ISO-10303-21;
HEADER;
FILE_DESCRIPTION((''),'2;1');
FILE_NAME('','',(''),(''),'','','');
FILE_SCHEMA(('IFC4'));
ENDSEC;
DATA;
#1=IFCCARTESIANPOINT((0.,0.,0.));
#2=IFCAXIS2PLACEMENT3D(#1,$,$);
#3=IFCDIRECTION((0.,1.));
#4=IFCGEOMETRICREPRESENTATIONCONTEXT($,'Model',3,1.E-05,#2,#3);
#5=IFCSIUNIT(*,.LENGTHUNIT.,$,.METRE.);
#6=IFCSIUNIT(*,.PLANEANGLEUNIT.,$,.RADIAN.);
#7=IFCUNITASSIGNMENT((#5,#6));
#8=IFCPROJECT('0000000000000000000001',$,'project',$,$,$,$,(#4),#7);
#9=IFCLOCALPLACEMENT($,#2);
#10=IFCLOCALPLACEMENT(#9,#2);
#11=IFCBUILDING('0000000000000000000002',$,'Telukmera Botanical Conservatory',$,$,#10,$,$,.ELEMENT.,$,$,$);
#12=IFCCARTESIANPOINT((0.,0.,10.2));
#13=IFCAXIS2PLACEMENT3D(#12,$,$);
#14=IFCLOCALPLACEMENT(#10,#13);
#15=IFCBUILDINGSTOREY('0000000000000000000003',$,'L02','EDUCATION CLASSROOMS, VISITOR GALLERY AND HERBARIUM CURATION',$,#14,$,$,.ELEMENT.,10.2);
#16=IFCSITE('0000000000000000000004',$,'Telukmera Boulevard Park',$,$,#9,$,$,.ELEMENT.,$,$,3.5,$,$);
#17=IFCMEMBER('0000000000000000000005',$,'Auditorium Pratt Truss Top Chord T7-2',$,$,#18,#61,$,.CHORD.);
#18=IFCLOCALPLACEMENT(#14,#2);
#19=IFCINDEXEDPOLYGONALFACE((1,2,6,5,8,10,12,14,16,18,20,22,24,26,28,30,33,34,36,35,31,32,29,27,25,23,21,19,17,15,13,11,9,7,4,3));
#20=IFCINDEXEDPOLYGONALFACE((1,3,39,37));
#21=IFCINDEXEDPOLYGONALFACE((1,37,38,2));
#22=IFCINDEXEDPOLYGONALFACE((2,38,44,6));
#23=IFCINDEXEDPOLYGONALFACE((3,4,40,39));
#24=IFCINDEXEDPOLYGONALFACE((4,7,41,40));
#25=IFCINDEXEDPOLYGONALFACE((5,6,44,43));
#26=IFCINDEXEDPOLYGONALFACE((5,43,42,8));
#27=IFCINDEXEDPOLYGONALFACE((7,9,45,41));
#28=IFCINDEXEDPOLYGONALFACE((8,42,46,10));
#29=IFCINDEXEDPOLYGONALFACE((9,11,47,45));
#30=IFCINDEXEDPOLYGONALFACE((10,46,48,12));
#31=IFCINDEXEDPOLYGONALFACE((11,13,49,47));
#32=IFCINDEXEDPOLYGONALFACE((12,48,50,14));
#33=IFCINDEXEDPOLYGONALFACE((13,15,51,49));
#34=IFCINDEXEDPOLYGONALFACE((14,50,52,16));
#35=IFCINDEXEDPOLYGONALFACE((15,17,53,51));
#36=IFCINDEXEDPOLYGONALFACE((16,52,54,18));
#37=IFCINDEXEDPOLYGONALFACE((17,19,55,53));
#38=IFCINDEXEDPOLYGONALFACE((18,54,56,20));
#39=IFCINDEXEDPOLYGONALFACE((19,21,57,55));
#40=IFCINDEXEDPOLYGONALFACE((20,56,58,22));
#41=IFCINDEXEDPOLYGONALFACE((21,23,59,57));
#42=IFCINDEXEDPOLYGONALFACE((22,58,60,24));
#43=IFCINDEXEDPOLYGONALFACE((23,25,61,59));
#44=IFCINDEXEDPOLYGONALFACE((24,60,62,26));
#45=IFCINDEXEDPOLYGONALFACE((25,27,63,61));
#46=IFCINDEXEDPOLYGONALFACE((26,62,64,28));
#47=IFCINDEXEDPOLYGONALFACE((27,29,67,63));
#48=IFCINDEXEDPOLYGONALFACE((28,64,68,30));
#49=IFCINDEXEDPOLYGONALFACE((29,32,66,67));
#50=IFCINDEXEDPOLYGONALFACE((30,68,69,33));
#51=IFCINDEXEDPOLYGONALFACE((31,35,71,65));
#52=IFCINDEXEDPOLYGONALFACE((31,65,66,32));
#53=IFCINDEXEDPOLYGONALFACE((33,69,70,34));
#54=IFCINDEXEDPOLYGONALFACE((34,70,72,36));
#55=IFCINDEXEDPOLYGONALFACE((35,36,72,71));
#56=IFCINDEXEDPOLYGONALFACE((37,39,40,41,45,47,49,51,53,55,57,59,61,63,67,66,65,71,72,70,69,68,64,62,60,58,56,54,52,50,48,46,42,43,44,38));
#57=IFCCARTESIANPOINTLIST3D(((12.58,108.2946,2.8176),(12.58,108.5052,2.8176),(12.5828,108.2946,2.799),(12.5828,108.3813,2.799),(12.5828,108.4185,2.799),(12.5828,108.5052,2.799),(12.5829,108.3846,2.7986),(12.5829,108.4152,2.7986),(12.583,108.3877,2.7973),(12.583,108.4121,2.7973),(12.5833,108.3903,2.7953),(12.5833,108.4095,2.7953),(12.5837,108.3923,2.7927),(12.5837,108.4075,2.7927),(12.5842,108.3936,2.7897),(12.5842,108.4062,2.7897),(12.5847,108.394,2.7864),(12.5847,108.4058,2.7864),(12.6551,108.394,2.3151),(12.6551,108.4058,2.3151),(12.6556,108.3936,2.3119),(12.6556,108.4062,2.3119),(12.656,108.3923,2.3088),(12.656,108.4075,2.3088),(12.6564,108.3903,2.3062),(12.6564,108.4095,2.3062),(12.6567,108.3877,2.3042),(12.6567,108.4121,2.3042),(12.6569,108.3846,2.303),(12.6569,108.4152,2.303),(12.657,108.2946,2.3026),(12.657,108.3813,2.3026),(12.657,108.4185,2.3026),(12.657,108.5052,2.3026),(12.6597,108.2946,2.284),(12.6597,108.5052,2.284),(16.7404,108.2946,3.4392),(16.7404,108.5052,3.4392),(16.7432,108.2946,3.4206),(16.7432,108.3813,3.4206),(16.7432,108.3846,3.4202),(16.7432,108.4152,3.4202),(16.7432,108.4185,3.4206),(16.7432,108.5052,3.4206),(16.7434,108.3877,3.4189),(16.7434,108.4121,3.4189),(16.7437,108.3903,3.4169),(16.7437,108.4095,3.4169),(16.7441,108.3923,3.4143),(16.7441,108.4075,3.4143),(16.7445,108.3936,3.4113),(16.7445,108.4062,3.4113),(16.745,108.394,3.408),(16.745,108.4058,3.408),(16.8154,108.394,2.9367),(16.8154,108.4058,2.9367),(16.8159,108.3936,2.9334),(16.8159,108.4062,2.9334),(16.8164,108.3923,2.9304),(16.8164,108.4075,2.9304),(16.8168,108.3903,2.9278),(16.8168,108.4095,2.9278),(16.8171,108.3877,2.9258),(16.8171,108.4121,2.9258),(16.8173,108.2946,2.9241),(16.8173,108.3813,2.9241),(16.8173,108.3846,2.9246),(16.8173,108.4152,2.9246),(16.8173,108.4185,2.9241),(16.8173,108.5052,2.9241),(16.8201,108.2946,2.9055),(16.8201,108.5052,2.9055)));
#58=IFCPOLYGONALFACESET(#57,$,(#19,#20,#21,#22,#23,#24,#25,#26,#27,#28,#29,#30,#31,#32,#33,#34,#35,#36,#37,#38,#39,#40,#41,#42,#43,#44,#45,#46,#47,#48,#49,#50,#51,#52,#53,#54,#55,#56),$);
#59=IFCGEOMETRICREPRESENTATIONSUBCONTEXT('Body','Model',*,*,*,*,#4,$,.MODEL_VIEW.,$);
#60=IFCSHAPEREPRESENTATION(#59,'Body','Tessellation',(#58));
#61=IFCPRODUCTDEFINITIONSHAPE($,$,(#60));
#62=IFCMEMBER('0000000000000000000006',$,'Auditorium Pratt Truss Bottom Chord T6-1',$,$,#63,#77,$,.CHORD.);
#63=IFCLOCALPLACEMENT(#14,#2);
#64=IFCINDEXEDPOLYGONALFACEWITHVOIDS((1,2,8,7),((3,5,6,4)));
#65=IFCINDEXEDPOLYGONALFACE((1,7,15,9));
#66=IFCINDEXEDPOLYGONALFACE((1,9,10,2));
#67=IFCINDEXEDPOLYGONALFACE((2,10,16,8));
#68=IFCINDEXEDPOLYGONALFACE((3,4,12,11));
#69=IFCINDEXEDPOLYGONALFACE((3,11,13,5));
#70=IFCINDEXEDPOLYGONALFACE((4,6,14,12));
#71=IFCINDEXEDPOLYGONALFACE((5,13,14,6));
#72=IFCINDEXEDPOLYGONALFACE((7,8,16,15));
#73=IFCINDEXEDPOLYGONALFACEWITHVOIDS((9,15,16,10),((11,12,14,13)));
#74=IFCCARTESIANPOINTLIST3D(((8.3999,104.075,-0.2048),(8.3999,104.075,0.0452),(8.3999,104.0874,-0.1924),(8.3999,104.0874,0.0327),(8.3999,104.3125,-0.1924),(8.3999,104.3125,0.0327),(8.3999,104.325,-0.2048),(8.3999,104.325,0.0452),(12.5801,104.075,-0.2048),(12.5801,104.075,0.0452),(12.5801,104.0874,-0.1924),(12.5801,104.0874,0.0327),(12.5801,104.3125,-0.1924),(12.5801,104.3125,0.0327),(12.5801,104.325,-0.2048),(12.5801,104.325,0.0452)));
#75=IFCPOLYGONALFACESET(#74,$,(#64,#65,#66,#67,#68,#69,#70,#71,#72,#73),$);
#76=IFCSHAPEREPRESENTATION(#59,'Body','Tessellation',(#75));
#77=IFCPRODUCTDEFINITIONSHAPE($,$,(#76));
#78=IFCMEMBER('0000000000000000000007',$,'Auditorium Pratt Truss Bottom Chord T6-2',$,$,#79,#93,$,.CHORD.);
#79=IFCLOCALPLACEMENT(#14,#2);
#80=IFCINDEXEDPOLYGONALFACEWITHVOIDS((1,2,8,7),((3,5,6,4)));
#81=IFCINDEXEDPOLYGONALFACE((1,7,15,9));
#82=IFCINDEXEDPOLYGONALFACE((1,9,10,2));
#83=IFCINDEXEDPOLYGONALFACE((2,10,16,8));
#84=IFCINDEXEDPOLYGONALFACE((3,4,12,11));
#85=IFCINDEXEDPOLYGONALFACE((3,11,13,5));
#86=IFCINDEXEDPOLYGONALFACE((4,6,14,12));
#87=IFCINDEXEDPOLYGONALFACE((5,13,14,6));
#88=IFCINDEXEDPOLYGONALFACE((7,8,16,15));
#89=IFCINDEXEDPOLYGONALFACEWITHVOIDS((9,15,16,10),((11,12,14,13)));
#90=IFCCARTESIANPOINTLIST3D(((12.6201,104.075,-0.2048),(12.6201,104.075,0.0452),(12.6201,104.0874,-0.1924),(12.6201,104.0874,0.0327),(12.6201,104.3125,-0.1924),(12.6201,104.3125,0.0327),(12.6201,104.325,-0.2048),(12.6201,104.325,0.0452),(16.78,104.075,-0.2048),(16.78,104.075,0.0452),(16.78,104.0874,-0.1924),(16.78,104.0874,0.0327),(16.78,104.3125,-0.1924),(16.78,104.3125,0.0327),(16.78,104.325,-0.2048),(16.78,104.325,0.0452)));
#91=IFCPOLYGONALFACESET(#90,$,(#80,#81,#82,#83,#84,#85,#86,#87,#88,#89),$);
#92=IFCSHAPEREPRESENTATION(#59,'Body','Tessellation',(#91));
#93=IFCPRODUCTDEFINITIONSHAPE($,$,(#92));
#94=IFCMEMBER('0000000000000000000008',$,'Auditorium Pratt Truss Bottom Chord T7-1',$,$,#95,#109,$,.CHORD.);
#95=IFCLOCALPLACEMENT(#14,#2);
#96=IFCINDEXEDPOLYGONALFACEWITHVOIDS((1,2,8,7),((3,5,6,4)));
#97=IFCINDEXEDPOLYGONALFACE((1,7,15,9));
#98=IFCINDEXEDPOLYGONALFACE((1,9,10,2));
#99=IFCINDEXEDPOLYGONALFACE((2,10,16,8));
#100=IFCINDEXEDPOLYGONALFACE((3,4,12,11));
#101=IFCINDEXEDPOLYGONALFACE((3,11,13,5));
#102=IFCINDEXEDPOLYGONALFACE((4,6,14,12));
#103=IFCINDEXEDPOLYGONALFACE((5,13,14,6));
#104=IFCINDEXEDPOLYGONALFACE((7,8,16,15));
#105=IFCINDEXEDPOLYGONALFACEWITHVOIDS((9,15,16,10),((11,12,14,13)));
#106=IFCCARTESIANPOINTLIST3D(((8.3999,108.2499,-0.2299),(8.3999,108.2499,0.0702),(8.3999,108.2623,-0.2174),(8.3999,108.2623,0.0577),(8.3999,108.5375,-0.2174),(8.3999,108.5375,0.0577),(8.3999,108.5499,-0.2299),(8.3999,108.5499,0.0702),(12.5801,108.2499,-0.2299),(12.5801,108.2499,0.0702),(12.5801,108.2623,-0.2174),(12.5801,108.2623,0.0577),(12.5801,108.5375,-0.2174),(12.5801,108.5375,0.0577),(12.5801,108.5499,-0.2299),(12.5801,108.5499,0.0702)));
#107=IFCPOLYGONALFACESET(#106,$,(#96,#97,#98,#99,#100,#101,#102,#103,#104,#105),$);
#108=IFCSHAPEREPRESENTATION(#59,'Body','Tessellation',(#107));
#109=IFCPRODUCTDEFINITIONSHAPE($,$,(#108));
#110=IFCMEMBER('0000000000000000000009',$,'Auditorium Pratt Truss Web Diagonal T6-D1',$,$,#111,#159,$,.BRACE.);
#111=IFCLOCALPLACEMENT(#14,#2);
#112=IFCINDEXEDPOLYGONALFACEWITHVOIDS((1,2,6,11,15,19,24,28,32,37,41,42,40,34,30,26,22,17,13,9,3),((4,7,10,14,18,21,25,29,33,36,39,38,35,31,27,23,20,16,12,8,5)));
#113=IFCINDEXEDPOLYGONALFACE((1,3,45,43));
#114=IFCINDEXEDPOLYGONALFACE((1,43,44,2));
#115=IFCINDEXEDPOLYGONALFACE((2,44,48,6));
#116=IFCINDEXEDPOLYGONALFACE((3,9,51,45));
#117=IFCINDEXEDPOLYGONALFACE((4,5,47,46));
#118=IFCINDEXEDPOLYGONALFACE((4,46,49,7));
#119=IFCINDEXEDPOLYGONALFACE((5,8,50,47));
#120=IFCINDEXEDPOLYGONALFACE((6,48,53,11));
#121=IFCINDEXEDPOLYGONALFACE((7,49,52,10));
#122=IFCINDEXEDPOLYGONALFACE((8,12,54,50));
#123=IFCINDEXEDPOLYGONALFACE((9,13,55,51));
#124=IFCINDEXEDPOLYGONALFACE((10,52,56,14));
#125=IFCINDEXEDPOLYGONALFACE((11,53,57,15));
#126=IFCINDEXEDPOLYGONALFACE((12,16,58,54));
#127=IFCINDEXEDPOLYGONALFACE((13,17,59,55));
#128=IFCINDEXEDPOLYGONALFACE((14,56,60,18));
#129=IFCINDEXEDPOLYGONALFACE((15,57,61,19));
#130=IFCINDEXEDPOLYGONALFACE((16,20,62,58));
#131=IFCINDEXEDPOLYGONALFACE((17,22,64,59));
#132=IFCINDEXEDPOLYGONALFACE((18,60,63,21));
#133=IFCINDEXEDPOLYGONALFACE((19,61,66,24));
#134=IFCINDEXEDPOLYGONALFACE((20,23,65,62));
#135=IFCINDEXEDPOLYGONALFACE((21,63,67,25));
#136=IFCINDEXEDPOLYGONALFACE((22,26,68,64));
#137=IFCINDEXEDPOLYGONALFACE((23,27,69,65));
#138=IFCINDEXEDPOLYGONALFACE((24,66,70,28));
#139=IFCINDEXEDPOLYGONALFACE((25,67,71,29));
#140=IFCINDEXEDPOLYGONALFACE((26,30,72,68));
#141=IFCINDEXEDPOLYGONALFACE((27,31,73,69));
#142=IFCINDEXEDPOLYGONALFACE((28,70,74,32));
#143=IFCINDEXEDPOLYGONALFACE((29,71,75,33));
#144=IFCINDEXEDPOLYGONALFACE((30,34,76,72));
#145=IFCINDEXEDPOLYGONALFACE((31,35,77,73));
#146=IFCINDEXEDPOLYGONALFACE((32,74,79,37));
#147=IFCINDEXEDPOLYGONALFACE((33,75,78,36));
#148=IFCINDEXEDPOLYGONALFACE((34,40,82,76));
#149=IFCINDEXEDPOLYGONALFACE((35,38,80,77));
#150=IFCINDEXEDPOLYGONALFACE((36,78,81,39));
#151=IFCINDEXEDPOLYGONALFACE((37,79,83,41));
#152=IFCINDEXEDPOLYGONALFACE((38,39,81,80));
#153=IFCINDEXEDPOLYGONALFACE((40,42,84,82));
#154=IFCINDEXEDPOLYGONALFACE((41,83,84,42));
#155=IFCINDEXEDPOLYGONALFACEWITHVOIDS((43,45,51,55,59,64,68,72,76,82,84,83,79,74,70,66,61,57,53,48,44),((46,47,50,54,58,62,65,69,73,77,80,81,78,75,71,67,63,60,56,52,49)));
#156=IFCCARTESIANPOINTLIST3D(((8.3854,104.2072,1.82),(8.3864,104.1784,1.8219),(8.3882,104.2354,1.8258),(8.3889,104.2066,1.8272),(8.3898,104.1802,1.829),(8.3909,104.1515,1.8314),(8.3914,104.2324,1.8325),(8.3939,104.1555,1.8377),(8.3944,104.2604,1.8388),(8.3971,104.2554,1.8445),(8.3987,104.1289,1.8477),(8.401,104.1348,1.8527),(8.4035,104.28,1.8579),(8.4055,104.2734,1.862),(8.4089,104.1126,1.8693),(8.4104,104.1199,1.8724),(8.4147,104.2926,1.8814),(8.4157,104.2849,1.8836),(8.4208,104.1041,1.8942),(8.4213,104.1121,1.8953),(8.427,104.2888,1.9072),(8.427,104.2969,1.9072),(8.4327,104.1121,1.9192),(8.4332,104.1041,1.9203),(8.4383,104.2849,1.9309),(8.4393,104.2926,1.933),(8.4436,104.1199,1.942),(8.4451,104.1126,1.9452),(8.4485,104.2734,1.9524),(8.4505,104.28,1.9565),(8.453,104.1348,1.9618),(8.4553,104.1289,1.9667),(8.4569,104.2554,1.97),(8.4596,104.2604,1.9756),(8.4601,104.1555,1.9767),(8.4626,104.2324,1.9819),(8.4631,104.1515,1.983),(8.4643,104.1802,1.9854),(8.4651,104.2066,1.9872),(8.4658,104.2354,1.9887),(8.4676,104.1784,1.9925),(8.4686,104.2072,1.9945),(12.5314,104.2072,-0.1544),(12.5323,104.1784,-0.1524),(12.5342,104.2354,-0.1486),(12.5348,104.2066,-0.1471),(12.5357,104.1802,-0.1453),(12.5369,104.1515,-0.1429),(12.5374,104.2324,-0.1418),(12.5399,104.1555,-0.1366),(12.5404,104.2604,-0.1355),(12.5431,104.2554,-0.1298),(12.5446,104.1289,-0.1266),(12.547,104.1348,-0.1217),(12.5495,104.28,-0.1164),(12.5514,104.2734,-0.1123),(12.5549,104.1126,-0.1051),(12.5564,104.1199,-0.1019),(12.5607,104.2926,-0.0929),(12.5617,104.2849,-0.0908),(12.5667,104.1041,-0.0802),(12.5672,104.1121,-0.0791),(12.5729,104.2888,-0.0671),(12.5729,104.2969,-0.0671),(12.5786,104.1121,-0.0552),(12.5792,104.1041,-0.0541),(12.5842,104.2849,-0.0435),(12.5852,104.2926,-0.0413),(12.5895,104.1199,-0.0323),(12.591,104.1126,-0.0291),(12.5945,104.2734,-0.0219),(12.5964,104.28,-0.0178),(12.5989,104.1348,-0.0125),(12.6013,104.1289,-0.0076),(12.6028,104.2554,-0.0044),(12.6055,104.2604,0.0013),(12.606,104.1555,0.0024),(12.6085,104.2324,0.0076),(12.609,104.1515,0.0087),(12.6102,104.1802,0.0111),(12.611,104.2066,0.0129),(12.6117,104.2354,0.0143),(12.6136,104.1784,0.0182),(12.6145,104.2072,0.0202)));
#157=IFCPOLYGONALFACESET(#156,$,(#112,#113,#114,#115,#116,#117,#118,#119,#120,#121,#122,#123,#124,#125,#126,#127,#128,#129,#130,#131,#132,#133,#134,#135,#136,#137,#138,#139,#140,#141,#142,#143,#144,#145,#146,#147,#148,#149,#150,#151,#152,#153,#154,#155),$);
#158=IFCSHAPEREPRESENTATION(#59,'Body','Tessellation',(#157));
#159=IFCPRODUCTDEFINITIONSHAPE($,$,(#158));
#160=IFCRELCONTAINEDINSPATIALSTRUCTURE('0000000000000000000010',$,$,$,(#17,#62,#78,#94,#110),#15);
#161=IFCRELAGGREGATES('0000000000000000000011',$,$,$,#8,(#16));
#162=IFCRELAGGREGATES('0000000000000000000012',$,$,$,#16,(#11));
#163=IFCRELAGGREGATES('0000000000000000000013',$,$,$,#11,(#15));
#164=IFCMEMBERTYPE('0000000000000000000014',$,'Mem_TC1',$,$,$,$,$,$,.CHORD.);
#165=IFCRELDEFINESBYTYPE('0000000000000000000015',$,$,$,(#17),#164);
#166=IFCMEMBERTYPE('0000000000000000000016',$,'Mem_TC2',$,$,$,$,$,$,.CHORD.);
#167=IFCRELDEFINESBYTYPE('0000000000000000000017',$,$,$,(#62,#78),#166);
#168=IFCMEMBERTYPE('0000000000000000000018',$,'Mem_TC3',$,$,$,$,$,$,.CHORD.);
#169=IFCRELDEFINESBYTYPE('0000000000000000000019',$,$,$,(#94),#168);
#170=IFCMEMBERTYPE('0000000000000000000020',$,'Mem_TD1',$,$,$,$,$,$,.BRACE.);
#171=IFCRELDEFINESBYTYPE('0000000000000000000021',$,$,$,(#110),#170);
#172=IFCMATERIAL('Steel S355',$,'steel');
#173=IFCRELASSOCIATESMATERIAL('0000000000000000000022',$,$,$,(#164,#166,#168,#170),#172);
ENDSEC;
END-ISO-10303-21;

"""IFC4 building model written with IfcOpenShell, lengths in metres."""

from ifc_helpers import new_model, si_unit, direction, frame, origin, origin_2d, place, context, subcontext, project, spatial, hollow_rectangle, hollow_circle, i_section, extrude, material, material_profile, profile_set, type_object, element, save


model = new_model("IFC4")

# Units and contexts
model_context = context("Model", 3, precision=1e-05, world=origin(), true_north=direction((0.0, 1.0)))
body_context = subcontext(model_context, "Body", "Model", "MODEL_VIEW")
ifc_project = project(units=[si_unit("LENGTHUNIT", "METRE"), si_unit("PLANEANGLEUNIT", "RADIAN")], contexts=[model_context])

# Site, building, storey
site_placement = place(None, origin())
site = spatial("IfcSite", under=ifc_project, at=site_placement, Name="Telukmera Boulevard Park", CompositionType="ELEMENT", RefElevation=3.5)
building_placement = place(site_placement, origin())
building = spatial("IfcBuilding", under=site, at=building_placement, Name="Telukmera Botanical Conservatory", CompositionType="ELEMENT")
storey_placement = place(building_placement, frame((0.0, 0.0, 10.2)))
storey = spatial("IfcBuildingStorey", under=building, at=storey_placement, Name="L02", Description="EDUCATION CLASSROOMS, VISITOR GALLERY AND HERBARIUM CURATION", CompositionType="ELEMENT", Elevation=10.2)

# Members
ifc_material_1 = material(Name="Steel S355", Category="steel")
ifc_material_profile_1 = material_profile(ifc_material_1, i_section(OverallWidth=0.2107, OverallDepth=0.5396, WebThickness=0.0117, FlangeThickness=0.0188, FilletRadius=0.0127, at=origin_2d()), Name="UB 533x210x109")
ifc_profile_set_1 = profile_set([ifc_material_profile_1], Name="Steel S355")
member_type_1 = type_object("IfcMemberType", Name="Mem_TC1", PredefinedType="CHORD", material=ifc_profile_set_1)
member_1_placement = place(storey_placement, frame((12.6199, 108.3999, 2.5508), z_axis=(0.989023, 0.0, 0.147764), x_axis=(0.0, 1.0, 0.0)))
element("IfcMember", 1, at=member_1_placement, inside=storey, type_object=member_type_1, Name="Auditorium Pratt Truss Top Chord T7-2", PredefinedType="CHORD", context=body_context, shape_type="SweptSolid", body=[
    extrude(i_section(OverallWidth=0.2107, OverallDepth=0.5396, WebThickness=0.0117, FlangeThickness=0.0188, FilletRadius=0.0127, at=origin_2d()), origin(), (0.0, 0.0, 1.0), 4.2065),
])
ifc_material_profile_2 = material_profile(ifc_material_1, hollow_rectangle(XDim=0.25, YDim=0.25, WallThickness=0.0125, at=origin_2d()), Name="SHS 250x250x12.5")
ifc_profile_set_2 = profile_set([ifc_material_profile_2], Name="Steel S355")
member_type_2 = type_object("IfcMemberType", Name="Mem_TC2", PredefinedType="CHORD", material=ifc_profile_set_2)
member_2_placement = place(storey_placement, frame((8.3999, 104.2, -0.0798), z_axis=(1.0, 0.0, 0.0), x_axis=(0.0, 1.0, 0.0)))
element("IfcMember", 2, at=member_2_placement, inside=storey, type_object=member_type_2, Name="Auditorium Pratt Truss Bottom Chord T6-1", PredefinedType="CHORD", context=body_context, shape_type="SweptSolid", body=[
    extrude(hollow_rectangle(XDim=0.25, YDim=0.25, WallThickness=0.0125, at=origin_2d()), origin(), (0.0, 0.0, 1.0), 4.1802),
])
member_3_placement = place(storey_placement, frame((12.6201, 104.2, -0.0798), z_axis=(1.0, 0.0, 0.0), x_axis=(0.0, 1.0, 0.0)))
element("IfcMember", 3, at=member_3_placement, inside=storey, type_object=member_type_2, Name="Auditorium Pratt Truss Bottom Chord T6-2", PredefinedType="CHORD", context=body_context, shape_type="SweptSolid", body=[
    extrude(hollow_rectangle(XDim=0.25, YDim=0.25, WallThickness=0.0125, at=origin_2d()), origin(), (0.0, 0.0, 1.0), 4.1599),
])
ifc_material_profile_3 = material_profile(ifc_material_1, hollow_rectangle(XDim=0.3, YDim=0.3, WallThickness=0.0125, at=origin_2d()), Name="SHS 300x300x12.5")
ifc_profile_set_3 = profile_set([ifc_material_profile_3], Name="Steel S355")
member_type_3 = type_object("IfcMemberType", Name="Mem_TC3", PredefinedType="CHORD", material=ifc_profile_set_3)
member_4_placement = place(storey_placement, frame((8.3999, 108.3999, -0.0798), z_axis=(1.0, 0.0, 0.0), x_axis=(0.0, 1.0, 0.0)))
element("IfcMember", 4, at=member_4_placement, inside=storey, type_object=member_type_3, Name="Auditorium Pratt Truss Bottom Chord T7-1", PredefinedType="CHORD", context=body_context, shape_type="SweptSolid", body=[
    extrude(hollow_rectangle(XDim=0.3, YDim=0.3, WallThickness=0.0125, at=origin_2d()), origin(), (0.0, 0.0, 1.0), 4.1802),
])
ifc_material_profile_4 = material_profile(ifc_material_1, hollow_circle(Radius=0.0969, WallThickness=0.0081, at=origin_2d()), Name="CHS 193.7x8.0")
ifc_profile_set_4 = profile_set([ifc_material_profile_4], Name="Steel S355")
member_type_4 = type_object("IfcMemberType", Name="Mem_TD1", PredefinedType="BRACE", material=ifc_profile_set_4)
for number, where, z_axis, x_axis, name in (
    (5, (8.427, 104.2, 1.9072), (0.902854, 0.0, -0.429948), (0.0, 1.0, 0.0), "Auditorium Pratt Truss Web Diagonal T6-D1"),
):
    element("IfcMember", number, at=place(storey_placement, frame(where, z_axis=z_axis, x_axis=x_axis)), inside=storey, type_object=member_type_4, Name=name, PredefinedType="BRACE", context=body_context, shape_type="SweptSolid", body=[
        extrude(hollow_circle(Radius=0.0969, WallThickness=0.0081, at=origin_2d()), origin(), (0.0, 0.0, 1.0), 4.592),
    ])

save(model, "model.ifc")
